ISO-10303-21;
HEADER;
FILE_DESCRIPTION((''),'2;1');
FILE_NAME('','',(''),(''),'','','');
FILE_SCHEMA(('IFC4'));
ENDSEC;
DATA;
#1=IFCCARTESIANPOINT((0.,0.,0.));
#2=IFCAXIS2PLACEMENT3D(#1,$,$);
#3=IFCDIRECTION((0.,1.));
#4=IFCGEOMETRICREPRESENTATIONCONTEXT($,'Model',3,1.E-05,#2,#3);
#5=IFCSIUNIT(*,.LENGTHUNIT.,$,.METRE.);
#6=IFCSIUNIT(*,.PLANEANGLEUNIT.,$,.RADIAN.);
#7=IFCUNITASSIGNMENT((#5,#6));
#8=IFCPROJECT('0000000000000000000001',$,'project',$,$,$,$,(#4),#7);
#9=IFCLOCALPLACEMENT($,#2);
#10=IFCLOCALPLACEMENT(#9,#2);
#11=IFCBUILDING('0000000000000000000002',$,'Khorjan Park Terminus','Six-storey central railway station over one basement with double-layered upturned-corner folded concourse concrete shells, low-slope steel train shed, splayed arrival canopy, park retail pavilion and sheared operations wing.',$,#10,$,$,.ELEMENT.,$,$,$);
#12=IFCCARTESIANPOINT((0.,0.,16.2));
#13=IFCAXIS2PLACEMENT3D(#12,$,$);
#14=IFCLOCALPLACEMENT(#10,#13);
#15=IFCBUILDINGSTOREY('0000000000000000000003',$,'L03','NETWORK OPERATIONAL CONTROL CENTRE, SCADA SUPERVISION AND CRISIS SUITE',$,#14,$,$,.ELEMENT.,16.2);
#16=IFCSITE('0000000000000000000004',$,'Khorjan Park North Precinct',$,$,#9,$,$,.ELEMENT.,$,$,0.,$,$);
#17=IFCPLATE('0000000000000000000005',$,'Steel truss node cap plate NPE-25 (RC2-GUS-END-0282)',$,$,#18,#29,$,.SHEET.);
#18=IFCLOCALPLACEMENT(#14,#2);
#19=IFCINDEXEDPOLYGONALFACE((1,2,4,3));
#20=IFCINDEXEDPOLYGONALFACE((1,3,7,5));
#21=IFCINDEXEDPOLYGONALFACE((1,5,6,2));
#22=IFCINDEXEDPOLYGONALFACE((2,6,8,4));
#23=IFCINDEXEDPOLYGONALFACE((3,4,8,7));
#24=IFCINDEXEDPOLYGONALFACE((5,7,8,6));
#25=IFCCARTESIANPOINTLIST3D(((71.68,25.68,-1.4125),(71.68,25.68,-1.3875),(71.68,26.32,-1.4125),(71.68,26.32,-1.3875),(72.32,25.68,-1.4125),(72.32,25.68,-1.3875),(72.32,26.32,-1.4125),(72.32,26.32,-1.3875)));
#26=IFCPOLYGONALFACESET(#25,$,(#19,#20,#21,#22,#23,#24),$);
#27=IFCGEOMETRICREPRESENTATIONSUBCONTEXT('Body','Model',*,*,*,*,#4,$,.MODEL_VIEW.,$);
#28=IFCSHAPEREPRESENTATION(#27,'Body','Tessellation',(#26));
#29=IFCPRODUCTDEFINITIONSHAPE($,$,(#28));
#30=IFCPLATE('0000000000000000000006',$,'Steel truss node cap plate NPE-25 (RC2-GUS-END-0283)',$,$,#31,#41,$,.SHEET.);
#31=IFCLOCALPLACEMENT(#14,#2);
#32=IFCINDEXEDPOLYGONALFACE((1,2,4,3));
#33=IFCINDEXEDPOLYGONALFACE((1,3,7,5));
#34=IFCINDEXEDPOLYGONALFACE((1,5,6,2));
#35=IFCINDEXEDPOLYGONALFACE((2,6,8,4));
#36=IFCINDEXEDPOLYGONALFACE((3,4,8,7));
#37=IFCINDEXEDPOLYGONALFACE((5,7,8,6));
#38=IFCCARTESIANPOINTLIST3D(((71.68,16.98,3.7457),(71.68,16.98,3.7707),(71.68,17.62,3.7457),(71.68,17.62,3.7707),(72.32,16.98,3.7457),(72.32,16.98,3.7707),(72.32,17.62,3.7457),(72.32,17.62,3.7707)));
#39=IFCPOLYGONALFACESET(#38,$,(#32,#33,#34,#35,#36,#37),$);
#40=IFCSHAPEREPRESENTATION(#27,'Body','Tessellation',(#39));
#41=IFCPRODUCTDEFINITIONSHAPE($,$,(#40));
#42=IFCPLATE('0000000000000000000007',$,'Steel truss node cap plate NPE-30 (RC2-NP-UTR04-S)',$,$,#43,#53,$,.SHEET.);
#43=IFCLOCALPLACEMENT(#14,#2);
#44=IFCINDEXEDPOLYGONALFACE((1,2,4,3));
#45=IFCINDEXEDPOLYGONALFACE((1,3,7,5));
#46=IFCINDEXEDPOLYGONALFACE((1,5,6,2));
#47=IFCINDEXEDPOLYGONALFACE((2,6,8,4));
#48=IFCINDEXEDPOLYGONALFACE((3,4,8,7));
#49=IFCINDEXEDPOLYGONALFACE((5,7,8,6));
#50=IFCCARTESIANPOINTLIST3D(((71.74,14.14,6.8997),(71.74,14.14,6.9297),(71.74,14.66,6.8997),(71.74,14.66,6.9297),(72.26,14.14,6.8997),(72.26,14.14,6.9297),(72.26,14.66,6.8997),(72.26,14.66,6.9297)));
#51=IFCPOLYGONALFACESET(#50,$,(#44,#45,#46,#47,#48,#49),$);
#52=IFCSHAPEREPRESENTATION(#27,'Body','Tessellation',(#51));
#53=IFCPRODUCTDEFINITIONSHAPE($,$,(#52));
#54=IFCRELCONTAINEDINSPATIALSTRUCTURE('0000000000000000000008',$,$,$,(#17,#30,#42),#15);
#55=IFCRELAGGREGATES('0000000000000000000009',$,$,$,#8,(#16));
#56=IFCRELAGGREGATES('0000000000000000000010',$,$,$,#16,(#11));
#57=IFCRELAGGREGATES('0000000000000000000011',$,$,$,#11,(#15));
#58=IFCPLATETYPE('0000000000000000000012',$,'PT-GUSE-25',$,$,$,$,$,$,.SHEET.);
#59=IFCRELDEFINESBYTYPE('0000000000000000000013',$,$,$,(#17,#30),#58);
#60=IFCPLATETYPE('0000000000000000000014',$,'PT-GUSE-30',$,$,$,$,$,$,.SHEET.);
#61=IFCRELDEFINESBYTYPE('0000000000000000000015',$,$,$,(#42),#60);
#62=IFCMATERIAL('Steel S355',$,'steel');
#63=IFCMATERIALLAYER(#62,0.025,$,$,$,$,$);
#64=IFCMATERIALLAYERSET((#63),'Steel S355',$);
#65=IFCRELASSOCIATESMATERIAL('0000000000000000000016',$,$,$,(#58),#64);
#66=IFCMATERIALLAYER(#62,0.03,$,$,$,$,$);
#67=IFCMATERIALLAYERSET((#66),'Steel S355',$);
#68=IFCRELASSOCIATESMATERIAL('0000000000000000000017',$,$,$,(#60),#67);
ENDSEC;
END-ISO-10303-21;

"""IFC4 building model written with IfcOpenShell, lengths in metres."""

from ifc_helpers import new_model, si_unit, direction, frame, origin, origin_2d, place, context, subcontext, project, spatial, rectangle, extrude, material, layer, layer_set, type_object, element, save


model = new_model("IFC4")

# Units and contexts
model_context = context("Model", 3, precision=1e-05, world=origin(), true_north=direction((0.0, 1.0)))
body_context = subcontext(model_context, "Body", "Model", "MODEL_VIEW")
ifc_project = project(units=[si_unit("LENGTHUNIT", "METRE"), si_unit("PLANEANGLEUNIT", "RADIAN")], contexts=[model_context])

# Site, building, storey
site_placement = place(None, origin())
site = spatial("IfcSite", under=ifc_project, at=site_placement, Name="Khorjan Park North Precinct", CompositionType="ELEMENT", RefElevation=0.0)
building_placement = place(site_placement, origin())
building = spatial("IfcBuilding", under=site, at=building_placement, Name="Khorjan Park Terminus", Description="Six-storey central railway station over one basement with double-layered upturned-corner folded concourse concrete shells, low-slope steel train shed, splayed arrival canopy, park retail pavilion and sheared operations wing.", CompositionType="ELEMENT")
storey_placement = place(building_placement, frame((0.0, 0.0, 16.2)))
storey = spatial("IfcBuildingStorey", under=building, at=storey_placement, Name="L03", Description="NETWORK OPERATIONAL CONTROL CENTRE, SCADA SUPERVISION AND CRISIS SUITE", CompositionType="ELEMENT", Elevation=16.2)

# Shared definitions
ifc_material_1 = material(Name="Steel S355", Category="steel")

# Plates
ifc_layer_1 = layer(ifc_material_1, 0.025)
ifc_layer_set_1 = layer_set([ifc_layer_1], Name="Steel S355")
plate_type_1 = type_object("IfcPlateType", Name="PT-GUSE-25", PredefinedType="SHEET", material=ifc_layer_set_1)
for number, where, z_axis, x_axis, name in (
    (1, (72.0, 26.0, -1.4125), (0.0, 0.0, 1.0), (1.0, 0.0, 0.0), "Steel truss node cap plate NPE-25 (RC2-GUS-END-0282)"),
    (2, (72.0, 17.3, 3.7457), (0.0, 0.0, 1.0), (1.0, 0.0, 0.0), "Steel truss node cap plate NPE-25 (RC2-GUS-END-0283)"),
):
    element("IfcPlate", number, at=place(storey_placement, frame(where, z_axis=z_axis, x_axis=x_axis)), inside=storey, type_object=plate_type_1, Name=name, PredefinedType="SHEET", context=body_context, shape_type="SweptSolid", body=[
        extrude(rectangle(XDim=0.64, YDim=0.64, at=origin_2d()), origin(), (0.0, 0.0, 1.0), 0.025),
    ])
ifc_layer_2 = layer(ifc_material_1, 0.03)
ifc_layer_set_2 = layer_set([ifc_layer_2], Name="Steel S355")
plate_type_2 = type_object("IfcPlateType", Name="PT-GUSE-30", PredefinedType="SHEET", material=ifc_layer_set_2)
plate_placement = place(storey_placement, frame((72.0, 14.4, 6.8997), z_axis=(0.0, 0.0, 1.0), x_axis=(1.0, 0.0, 0.0)))
element("IfcPlate", 3, at=plate_placement, inside=storey, type_object=plate_type_2, Name="Steel truss node cap plate NPE-30 (RC2-NP-UTR04-S)", PredefinedType="SHEET", context=body_context, shape_type="SweptSolid", body=[
    extrude(rectangle(XDim=0.52, YDim=0.52, at=origin_2d()), origin(), (0.0, 0.0, 1.0), 0.03),
])

save(model, "model.ifc")
